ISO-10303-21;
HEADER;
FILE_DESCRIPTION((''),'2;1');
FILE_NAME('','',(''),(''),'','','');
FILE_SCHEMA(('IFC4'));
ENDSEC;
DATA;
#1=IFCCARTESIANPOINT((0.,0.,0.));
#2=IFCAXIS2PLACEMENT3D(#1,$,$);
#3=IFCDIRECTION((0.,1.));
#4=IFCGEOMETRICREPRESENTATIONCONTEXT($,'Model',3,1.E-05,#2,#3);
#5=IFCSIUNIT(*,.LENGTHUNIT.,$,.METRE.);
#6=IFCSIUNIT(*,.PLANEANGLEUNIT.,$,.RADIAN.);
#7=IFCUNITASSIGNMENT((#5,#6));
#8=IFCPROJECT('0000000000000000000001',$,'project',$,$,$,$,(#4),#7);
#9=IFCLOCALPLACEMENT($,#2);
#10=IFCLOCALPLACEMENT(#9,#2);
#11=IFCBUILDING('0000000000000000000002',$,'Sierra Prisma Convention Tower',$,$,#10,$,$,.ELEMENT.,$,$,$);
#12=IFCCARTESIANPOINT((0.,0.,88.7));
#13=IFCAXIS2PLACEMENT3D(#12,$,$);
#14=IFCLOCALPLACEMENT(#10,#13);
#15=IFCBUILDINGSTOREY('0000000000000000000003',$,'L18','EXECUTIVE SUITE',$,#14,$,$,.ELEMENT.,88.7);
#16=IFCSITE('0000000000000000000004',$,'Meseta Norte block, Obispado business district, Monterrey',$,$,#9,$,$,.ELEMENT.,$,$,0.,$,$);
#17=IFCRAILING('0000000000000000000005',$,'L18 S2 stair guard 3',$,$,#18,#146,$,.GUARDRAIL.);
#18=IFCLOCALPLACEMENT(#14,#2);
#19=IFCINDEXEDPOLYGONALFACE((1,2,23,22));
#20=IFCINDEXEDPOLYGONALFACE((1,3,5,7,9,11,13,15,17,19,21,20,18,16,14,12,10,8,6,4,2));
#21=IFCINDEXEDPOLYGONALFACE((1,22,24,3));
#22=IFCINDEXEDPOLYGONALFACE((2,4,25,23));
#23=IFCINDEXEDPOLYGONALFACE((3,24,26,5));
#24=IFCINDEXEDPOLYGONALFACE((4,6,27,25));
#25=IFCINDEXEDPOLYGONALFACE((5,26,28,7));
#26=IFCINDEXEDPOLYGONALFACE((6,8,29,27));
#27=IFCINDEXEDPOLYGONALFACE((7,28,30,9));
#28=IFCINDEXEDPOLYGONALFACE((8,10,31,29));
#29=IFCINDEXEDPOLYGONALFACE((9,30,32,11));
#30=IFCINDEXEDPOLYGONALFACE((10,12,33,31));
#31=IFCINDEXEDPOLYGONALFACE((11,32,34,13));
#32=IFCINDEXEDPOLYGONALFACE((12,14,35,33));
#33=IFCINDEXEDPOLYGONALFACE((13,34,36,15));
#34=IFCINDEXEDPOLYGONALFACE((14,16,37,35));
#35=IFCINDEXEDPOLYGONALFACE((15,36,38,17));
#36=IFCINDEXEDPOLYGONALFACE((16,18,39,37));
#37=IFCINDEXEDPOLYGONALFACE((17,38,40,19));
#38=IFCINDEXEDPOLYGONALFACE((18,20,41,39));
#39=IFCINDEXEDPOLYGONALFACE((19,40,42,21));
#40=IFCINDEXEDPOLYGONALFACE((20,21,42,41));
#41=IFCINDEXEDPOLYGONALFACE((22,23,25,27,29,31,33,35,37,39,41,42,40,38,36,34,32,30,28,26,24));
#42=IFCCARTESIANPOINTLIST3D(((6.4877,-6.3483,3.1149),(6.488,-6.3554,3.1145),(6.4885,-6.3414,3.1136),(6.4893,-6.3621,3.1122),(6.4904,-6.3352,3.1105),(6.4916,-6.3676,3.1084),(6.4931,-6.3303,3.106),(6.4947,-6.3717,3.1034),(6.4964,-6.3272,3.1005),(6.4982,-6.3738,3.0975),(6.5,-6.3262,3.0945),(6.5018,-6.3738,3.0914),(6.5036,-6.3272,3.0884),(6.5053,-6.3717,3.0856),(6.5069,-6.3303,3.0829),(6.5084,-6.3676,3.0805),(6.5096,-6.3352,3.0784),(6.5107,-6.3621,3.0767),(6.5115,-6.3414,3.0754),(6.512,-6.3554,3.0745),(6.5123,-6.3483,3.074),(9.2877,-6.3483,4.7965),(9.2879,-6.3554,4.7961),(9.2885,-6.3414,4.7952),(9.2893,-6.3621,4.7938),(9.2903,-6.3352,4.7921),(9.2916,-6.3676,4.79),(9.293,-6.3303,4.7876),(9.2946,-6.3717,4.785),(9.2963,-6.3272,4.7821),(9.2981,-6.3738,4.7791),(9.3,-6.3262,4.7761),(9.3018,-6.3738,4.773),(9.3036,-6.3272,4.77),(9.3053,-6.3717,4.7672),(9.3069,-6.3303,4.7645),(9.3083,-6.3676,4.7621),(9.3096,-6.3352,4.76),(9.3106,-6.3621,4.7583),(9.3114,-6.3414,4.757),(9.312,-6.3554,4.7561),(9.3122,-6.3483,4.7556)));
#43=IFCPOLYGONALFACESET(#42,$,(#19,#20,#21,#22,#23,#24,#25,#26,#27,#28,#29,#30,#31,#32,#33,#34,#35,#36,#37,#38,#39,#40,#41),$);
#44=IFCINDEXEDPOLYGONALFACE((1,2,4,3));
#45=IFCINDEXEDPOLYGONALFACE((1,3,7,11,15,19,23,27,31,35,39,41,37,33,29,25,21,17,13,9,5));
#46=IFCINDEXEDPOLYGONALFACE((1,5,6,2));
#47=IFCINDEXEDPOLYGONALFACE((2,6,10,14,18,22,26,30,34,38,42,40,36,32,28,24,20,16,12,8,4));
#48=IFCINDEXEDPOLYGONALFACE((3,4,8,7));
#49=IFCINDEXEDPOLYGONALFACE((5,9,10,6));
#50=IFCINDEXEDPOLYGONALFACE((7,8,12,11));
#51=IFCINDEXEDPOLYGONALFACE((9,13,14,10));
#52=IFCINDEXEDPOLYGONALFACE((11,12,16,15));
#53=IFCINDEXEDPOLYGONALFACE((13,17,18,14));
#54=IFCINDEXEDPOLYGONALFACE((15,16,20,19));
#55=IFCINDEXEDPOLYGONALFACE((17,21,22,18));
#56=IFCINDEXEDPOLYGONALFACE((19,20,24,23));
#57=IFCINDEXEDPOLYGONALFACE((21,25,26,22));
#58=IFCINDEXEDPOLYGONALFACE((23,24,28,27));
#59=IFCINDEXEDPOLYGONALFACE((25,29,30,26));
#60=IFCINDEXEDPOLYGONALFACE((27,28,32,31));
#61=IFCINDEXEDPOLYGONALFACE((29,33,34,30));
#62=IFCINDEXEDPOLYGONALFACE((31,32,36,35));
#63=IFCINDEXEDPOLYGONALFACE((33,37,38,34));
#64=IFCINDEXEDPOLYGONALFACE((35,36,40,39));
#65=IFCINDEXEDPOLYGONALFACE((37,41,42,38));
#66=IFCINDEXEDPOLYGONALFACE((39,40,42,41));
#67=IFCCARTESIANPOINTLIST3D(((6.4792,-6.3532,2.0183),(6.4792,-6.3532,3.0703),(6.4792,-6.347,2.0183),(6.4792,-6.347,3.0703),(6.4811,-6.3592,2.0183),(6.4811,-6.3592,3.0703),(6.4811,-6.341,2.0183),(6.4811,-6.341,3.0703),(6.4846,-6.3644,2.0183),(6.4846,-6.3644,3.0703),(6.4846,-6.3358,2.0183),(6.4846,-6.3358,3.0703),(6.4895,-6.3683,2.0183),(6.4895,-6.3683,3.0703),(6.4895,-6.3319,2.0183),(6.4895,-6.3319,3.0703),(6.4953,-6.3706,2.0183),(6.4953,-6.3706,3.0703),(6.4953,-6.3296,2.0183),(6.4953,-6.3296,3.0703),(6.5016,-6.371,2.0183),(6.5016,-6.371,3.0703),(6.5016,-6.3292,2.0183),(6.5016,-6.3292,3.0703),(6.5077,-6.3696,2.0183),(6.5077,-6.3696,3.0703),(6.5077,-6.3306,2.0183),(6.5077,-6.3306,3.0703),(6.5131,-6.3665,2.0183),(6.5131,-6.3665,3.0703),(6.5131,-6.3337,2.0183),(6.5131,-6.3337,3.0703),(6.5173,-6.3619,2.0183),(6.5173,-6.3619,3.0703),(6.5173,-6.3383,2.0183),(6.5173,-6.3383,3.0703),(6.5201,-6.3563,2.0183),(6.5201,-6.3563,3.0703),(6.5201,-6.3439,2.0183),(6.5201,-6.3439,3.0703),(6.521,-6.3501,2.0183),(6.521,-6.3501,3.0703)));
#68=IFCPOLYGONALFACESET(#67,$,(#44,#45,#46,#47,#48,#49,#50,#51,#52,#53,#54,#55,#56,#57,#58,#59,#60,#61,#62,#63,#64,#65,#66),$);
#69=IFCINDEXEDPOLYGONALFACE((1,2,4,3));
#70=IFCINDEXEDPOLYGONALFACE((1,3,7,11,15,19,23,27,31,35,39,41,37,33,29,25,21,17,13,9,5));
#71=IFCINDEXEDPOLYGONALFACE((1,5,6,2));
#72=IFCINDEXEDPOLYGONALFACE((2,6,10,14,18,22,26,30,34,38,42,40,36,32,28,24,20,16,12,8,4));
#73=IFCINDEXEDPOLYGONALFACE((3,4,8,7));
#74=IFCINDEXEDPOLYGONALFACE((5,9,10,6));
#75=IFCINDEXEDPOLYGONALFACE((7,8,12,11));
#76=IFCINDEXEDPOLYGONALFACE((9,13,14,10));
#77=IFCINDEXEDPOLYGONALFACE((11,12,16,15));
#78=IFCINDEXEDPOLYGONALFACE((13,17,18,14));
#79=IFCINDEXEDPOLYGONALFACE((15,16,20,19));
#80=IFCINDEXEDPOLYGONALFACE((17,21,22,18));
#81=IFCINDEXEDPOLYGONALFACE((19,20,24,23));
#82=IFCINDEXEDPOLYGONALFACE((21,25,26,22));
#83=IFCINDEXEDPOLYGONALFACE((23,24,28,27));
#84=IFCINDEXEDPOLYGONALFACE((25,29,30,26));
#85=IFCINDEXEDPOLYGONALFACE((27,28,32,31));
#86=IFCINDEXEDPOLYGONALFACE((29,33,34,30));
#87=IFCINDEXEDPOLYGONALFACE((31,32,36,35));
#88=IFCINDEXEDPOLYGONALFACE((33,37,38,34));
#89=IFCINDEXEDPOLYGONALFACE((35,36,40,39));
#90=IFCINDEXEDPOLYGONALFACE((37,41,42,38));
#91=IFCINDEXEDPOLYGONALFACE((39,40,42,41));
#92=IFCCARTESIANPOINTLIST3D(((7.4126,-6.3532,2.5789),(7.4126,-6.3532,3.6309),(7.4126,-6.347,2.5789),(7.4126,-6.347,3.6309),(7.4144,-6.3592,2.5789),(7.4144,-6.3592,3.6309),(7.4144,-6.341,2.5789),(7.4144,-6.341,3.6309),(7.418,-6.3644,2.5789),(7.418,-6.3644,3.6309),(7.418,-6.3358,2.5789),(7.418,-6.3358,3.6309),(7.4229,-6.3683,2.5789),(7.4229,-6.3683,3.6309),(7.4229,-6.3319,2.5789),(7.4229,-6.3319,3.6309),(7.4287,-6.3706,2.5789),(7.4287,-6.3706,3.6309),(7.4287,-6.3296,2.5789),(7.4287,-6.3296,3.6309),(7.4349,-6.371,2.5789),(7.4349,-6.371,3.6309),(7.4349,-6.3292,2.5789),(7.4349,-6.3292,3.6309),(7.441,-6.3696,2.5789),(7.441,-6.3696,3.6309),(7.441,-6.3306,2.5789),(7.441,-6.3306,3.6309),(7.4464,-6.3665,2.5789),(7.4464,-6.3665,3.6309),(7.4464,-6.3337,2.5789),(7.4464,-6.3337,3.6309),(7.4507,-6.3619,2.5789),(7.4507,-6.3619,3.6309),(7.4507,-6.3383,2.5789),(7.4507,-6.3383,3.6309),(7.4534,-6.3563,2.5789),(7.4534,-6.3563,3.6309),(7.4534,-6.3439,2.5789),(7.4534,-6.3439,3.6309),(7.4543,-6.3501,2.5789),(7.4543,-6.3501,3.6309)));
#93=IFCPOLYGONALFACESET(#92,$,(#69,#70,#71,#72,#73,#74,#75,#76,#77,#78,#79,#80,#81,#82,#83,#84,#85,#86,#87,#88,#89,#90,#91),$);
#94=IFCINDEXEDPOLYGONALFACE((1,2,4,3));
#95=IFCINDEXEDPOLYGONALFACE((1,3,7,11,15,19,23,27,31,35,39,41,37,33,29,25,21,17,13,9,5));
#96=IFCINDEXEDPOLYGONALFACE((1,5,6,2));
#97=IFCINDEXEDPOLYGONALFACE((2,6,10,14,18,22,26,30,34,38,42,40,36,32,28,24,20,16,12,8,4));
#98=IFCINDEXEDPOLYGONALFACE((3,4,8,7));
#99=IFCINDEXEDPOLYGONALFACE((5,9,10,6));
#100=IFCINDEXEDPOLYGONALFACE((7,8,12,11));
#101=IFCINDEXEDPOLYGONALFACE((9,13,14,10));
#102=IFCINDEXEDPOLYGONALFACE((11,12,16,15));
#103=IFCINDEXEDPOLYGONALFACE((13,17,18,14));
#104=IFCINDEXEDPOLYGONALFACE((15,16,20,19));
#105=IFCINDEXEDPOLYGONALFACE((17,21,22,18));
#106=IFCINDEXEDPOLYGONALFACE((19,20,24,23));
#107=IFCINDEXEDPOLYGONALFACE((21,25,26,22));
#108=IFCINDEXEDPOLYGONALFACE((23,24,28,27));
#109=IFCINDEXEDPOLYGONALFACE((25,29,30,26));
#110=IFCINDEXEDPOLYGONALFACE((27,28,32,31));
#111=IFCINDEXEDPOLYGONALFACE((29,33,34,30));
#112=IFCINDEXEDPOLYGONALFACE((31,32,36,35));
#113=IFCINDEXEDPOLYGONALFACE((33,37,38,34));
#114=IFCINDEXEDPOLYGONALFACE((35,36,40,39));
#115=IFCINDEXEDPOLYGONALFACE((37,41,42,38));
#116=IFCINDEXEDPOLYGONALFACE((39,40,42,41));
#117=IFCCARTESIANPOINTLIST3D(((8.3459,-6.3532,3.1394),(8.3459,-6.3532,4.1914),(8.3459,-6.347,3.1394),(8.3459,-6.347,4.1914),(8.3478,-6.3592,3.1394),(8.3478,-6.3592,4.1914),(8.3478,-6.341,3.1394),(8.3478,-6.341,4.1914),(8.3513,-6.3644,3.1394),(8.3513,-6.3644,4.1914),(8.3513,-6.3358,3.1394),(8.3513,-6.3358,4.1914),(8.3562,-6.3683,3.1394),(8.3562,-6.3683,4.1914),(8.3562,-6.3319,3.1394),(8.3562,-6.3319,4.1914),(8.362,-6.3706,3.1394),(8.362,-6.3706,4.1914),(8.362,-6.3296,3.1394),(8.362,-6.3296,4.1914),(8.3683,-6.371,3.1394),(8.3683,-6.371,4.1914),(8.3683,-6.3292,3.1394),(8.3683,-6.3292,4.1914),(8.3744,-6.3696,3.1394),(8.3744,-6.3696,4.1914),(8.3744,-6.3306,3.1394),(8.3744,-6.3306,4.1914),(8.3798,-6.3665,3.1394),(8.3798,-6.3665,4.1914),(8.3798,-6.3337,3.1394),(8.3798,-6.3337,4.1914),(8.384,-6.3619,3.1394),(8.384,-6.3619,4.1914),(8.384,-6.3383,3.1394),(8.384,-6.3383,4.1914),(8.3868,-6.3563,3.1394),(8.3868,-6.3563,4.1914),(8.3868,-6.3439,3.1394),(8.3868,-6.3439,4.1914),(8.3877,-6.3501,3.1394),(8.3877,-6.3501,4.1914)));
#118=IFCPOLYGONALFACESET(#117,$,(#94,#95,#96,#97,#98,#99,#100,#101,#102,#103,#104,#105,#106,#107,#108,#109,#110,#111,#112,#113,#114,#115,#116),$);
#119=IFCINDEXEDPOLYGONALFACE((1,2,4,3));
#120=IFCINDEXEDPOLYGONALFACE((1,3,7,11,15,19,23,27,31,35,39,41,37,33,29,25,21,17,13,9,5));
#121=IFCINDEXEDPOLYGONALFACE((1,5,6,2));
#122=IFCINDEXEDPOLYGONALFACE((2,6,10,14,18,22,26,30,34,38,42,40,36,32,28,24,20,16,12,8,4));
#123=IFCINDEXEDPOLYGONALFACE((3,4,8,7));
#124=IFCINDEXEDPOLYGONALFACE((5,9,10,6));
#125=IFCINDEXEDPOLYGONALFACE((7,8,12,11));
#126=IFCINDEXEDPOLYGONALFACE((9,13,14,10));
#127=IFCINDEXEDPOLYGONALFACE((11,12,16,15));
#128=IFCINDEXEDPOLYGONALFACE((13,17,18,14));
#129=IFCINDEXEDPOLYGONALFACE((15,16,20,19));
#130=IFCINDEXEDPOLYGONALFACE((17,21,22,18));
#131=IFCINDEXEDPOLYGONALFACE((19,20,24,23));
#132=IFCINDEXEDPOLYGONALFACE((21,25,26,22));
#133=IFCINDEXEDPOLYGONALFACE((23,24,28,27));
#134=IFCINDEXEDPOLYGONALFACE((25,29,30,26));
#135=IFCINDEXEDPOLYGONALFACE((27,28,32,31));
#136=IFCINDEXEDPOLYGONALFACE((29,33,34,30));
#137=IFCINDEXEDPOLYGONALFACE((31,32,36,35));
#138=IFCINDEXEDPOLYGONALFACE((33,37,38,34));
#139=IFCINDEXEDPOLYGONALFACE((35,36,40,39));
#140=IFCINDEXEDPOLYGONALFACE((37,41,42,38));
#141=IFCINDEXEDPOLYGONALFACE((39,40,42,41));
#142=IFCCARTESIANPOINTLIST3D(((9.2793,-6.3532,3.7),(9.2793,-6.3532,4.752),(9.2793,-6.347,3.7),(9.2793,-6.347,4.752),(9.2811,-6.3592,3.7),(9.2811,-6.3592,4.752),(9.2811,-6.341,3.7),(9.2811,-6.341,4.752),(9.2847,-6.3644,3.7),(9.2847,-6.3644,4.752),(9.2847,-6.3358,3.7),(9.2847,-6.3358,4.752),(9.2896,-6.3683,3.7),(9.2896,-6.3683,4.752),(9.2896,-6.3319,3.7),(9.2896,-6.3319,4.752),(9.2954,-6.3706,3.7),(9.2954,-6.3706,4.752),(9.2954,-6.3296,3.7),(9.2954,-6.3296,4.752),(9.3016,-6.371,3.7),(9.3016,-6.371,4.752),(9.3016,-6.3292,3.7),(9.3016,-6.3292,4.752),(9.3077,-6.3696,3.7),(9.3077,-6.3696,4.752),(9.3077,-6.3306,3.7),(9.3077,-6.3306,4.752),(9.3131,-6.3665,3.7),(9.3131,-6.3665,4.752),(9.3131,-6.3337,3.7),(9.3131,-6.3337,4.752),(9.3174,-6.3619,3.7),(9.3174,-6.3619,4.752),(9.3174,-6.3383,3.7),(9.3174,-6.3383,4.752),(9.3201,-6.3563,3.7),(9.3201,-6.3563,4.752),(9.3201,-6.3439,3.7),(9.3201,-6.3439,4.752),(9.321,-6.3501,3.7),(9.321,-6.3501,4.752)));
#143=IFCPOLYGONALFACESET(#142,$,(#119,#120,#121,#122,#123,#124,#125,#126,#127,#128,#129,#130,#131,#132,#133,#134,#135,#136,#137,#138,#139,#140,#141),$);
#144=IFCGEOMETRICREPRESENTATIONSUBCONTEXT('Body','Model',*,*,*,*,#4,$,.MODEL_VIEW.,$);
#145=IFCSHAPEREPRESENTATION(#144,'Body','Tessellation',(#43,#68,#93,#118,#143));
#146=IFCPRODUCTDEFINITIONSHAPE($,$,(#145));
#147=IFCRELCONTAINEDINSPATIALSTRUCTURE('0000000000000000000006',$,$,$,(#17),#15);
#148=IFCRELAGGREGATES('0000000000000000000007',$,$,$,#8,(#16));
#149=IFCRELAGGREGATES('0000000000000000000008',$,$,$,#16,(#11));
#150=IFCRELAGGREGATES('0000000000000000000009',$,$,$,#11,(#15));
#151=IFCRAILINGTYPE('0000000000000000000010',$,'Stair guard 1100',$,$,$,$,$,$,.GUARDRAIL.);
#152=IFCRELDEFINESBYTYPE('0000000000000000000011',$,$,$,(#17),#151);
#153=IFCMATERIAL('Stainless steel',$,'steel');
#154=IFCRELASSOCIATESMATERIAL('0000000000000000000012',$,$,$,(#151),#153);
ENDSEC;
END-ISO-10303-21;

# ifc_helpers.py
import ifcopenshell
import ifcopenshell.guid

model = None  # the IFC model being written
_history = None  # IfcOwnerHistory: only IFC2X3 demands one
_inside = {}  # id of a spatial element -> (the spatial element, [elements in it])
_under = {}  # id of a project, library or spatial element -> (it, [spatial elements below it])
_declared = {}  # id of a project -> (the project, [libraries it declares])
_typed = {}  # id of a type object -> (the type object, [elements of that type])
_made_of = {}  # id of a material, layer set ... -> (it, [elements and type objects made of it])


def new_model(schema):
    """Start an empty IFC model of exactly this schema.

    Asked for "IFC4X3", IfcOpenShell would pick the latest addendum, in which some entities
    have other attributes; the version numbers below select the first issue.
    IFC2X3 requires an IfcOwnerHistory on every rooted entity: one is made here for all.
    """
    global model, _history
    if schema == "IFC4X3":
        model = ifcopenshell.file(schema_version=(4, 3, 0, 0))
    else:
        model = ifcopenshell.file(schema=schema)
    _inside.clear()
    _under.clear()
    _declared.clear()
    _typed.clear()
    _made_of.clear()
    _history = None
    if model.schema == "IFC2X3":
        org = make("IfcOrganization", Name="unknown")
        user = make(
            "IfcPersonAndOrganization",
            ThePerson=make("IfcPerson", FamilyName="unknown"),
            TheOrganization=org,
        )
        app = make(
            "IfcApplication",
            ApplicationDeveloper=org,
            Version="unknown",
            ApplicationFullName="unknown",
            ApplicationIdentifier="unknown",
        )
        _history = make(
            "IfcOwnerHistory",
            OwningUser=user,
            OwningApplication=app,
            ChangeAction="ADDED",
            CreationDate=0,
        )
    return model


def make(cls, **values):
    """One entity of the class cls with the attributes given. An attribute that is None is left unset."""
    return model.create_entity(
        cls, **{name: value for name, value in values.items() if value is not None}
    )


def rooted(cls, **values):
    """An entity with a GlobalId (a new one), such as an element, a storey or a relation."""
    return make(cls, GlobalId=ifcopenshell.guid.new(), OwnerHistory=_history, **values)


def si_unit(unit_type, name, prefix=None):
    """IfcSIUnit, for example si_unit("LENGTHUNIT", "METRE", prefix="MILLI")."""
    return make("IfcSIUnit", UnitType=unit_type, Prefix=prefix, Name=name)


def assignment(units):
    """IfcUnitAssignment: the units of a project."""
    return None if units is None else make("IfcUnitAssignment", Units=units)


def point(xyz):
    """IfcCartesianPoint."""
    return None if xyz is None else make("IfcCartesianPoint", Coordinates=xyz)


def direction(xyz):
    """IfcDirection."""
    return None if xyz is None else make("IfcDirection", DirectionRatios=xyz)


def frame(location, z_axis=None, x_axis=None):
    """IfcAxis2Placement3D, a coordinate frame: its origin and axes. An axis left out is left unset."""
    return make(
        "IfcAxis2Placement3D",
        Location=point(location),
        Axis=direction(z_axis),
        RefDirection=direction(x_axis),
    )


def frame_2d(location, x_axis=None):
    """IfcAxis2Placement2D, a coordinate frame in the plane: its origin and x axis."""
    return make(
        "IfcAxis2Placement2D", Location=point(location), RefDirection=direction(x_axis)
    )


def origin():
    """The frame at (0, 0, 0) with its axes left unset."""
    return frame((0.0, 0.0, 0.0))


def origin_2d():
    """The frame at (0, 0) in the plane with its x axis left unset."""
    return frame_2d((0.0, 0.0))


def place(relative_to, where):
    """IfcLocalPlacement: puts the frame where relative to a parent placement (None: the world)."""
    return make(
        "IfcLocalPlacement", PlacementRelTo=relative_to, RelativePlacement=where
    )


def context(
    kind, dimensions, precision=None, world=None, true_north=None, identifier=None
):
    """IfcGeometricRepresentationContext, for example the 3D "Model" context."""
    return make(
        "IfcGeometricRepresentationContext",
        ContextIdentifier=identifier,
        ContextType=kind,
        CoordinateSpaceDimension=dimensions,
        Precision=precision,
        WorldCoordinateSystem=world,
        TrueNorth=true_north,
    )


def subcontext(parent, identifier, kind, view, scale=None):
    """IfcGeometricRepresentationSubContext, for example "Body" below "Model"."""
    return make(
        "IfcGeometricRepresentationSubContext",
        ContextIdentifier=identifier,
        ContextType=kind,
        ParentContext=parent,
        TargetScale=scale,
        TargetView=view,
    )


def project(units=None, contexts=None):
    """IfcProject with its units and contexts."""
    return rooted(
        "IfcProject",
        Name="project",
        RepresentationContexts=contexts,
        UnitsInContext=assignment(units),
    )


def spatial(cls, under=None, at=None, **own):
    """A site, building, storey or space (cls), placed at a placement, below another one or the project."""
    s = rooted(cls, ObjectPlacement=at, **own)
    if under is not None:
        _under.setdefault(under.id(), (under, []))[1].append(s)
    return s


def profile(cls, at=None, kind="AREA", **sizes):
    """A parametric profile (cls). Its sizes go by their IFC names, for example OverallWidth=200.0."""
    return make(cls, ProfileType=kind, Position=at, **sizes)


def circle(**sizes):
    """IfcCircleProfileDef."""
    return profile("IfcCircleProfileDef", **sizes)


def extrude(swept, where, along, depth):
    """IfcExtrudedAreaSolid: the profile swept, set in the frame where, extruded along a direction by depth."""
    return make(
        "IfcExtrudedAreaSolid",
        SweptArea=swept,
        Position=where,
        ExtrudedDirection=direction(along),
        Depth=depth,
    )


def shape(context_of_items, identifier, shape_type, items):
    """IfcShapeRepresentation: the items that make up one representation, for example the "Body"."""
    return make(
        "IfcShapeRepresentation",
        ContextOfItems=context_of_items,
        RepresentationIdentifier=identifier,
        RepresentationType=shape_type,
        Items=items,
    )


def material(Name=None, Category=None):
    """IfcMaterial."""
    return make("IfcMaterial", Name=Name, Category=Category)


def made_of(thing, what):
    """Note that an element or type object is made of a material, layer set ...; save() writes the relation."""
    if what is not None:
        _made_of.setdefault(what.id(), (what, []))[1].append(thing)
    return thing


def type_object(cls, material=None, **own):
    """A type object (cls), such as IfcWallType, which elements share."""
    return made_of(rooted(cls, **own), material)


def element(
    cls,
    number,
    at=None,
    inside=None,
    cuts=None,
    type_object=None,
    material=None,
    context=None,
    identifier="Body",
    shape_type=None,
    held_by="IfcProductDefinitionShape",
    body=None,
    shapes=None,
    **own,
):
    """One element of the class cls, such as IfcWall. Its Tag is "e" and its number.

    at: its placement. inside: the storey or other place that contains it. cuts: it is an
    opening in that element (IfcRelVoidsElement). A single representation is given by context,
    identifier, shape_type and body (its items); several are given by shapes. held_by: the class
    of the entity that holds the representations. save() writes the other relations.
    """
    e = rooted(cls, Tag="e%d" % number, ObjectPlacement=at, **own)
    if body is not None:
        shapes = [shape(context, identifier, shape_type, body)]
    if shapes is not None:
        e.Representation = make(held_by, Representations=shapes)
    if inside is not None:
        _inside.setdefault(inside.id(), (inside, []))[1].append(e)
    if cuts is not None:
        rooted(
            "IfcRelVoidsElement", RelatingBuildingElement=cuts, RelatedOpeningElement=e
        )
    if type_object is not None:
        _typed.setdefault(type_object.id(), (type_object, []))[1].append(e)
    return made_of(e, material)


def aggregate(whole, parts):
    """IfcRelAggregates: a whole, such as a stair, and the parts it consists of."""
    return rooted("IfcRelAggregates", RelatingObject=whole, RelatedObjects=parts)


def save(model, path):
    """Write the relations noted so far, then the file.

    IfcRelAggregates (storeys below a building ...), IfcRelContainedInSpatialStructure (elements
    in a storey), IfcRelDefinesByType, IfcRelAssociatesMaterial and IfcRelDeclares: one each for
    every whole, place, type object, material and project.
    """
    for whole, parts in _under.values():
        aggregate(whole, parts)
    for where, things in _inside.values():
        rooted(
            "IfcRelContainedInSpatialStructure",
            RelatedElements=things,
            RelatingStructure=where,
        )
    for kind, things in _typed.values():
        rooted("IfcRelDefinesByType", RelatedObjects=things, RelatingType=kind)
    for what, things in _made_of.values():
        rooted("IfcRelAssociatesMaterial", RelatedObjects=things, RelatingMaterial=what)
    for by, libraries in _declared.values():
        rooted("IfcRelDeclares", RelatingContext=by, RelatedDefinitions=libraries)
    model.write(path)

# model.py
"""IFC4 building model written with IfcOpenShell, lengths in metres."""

from ifc_helpers import new_model, si_unit, direction, frame, origin, origin_2d, place, context, subcontext, project, spatial, circle, extrude, material, type_object, element, save


model = new_model("IFC4")

# Units and contexts
model_context = context("Model", 3, precision=1e-05, world=origin(), true_north=direction((0.0, 1.0)))
body_context = subcontext(model_context, "Body", "Model", "MODEL_VIEW")
ifc_project = project(units=[si_unit("LENGTHUNIT", "METRE"), si_unit("PLANEANGLEUNIT", "RADIAN")], contexts=[model_context])

# Site, building, storey
site_placement = place(None, origin())
site = spatial("IfcSite", under=ifc_project, at=site_placement, Name="Meseta Norte block, Obispado business district, Monterrey", CompositionType="ELEMENT", RefElevation=0.0)
building_placement = place(site_placement, origin())
building = spatial("IfcBuilding", under=site, at=building_placement, Name="Sierra Prisma Convention Tower", CompositionType="ELEMENT")
storey_placement = place(building_placement, frame((0.0, 0.0, 88.7)))
storey = spatial("IfcBuildingStorey", under=building, at=storey_placement, Name="L18", Description="EXECUTIVE SUITE", CompositionType="ELEMENT", Elevation=88.7)

# Railing
ifc_material_1 = material(Name="Stainless steel", Category="steel")
railing_type_1 = type_object("IfcRailingType", Name="Stair guard 1100", PredefinedType="GUARDRAIL", material=ifc_material_1)
railing_1_placement = place(storey_placement, frame((6.5, -6.3501, 2.0183)))
element("IfcRailing", 1, at=railing_1_placement, inside=storey, type_object=railing_type_1, Name="L18 S2 stair guard 3", PredefinedType="GUARDRAIL", context=body_context, shape_type="SweptSolid", body=[
    extrude(circle(Radius=0.0239, at=origin_2d()), frame((0.0, 0.0, 1.0762), z_axis=(0.857275, 0.0, 0.514858), x_axis=(0.0, 1.0, 0.0)), (0.0, 0.0, 1.0), 3.2661),
    extrude(circle(Radius=0.021, at=origin_2d()), origin(), (0.0, 0.0, 1.0), 1.052),
    extrude(circle(Radius=0.021, at=origin_2d()), frame((0.9333, 0.0, 0.5605)), (0.0, 0.0, 1.0), 1.052),
    extrude(circle(Radius=0.021, at=origin_2d()), frame((1.8667, 0.0, 1.1211)), (0.0, 0.0, 1.0), 1.052),
    extrude(circle(Radius=0.021, at=origin_2d()), frame((2.8, 0.0, 1.6816)), (0.0, 0.0, 1.0), 1.052),
])

save(model, "model.ifc")
